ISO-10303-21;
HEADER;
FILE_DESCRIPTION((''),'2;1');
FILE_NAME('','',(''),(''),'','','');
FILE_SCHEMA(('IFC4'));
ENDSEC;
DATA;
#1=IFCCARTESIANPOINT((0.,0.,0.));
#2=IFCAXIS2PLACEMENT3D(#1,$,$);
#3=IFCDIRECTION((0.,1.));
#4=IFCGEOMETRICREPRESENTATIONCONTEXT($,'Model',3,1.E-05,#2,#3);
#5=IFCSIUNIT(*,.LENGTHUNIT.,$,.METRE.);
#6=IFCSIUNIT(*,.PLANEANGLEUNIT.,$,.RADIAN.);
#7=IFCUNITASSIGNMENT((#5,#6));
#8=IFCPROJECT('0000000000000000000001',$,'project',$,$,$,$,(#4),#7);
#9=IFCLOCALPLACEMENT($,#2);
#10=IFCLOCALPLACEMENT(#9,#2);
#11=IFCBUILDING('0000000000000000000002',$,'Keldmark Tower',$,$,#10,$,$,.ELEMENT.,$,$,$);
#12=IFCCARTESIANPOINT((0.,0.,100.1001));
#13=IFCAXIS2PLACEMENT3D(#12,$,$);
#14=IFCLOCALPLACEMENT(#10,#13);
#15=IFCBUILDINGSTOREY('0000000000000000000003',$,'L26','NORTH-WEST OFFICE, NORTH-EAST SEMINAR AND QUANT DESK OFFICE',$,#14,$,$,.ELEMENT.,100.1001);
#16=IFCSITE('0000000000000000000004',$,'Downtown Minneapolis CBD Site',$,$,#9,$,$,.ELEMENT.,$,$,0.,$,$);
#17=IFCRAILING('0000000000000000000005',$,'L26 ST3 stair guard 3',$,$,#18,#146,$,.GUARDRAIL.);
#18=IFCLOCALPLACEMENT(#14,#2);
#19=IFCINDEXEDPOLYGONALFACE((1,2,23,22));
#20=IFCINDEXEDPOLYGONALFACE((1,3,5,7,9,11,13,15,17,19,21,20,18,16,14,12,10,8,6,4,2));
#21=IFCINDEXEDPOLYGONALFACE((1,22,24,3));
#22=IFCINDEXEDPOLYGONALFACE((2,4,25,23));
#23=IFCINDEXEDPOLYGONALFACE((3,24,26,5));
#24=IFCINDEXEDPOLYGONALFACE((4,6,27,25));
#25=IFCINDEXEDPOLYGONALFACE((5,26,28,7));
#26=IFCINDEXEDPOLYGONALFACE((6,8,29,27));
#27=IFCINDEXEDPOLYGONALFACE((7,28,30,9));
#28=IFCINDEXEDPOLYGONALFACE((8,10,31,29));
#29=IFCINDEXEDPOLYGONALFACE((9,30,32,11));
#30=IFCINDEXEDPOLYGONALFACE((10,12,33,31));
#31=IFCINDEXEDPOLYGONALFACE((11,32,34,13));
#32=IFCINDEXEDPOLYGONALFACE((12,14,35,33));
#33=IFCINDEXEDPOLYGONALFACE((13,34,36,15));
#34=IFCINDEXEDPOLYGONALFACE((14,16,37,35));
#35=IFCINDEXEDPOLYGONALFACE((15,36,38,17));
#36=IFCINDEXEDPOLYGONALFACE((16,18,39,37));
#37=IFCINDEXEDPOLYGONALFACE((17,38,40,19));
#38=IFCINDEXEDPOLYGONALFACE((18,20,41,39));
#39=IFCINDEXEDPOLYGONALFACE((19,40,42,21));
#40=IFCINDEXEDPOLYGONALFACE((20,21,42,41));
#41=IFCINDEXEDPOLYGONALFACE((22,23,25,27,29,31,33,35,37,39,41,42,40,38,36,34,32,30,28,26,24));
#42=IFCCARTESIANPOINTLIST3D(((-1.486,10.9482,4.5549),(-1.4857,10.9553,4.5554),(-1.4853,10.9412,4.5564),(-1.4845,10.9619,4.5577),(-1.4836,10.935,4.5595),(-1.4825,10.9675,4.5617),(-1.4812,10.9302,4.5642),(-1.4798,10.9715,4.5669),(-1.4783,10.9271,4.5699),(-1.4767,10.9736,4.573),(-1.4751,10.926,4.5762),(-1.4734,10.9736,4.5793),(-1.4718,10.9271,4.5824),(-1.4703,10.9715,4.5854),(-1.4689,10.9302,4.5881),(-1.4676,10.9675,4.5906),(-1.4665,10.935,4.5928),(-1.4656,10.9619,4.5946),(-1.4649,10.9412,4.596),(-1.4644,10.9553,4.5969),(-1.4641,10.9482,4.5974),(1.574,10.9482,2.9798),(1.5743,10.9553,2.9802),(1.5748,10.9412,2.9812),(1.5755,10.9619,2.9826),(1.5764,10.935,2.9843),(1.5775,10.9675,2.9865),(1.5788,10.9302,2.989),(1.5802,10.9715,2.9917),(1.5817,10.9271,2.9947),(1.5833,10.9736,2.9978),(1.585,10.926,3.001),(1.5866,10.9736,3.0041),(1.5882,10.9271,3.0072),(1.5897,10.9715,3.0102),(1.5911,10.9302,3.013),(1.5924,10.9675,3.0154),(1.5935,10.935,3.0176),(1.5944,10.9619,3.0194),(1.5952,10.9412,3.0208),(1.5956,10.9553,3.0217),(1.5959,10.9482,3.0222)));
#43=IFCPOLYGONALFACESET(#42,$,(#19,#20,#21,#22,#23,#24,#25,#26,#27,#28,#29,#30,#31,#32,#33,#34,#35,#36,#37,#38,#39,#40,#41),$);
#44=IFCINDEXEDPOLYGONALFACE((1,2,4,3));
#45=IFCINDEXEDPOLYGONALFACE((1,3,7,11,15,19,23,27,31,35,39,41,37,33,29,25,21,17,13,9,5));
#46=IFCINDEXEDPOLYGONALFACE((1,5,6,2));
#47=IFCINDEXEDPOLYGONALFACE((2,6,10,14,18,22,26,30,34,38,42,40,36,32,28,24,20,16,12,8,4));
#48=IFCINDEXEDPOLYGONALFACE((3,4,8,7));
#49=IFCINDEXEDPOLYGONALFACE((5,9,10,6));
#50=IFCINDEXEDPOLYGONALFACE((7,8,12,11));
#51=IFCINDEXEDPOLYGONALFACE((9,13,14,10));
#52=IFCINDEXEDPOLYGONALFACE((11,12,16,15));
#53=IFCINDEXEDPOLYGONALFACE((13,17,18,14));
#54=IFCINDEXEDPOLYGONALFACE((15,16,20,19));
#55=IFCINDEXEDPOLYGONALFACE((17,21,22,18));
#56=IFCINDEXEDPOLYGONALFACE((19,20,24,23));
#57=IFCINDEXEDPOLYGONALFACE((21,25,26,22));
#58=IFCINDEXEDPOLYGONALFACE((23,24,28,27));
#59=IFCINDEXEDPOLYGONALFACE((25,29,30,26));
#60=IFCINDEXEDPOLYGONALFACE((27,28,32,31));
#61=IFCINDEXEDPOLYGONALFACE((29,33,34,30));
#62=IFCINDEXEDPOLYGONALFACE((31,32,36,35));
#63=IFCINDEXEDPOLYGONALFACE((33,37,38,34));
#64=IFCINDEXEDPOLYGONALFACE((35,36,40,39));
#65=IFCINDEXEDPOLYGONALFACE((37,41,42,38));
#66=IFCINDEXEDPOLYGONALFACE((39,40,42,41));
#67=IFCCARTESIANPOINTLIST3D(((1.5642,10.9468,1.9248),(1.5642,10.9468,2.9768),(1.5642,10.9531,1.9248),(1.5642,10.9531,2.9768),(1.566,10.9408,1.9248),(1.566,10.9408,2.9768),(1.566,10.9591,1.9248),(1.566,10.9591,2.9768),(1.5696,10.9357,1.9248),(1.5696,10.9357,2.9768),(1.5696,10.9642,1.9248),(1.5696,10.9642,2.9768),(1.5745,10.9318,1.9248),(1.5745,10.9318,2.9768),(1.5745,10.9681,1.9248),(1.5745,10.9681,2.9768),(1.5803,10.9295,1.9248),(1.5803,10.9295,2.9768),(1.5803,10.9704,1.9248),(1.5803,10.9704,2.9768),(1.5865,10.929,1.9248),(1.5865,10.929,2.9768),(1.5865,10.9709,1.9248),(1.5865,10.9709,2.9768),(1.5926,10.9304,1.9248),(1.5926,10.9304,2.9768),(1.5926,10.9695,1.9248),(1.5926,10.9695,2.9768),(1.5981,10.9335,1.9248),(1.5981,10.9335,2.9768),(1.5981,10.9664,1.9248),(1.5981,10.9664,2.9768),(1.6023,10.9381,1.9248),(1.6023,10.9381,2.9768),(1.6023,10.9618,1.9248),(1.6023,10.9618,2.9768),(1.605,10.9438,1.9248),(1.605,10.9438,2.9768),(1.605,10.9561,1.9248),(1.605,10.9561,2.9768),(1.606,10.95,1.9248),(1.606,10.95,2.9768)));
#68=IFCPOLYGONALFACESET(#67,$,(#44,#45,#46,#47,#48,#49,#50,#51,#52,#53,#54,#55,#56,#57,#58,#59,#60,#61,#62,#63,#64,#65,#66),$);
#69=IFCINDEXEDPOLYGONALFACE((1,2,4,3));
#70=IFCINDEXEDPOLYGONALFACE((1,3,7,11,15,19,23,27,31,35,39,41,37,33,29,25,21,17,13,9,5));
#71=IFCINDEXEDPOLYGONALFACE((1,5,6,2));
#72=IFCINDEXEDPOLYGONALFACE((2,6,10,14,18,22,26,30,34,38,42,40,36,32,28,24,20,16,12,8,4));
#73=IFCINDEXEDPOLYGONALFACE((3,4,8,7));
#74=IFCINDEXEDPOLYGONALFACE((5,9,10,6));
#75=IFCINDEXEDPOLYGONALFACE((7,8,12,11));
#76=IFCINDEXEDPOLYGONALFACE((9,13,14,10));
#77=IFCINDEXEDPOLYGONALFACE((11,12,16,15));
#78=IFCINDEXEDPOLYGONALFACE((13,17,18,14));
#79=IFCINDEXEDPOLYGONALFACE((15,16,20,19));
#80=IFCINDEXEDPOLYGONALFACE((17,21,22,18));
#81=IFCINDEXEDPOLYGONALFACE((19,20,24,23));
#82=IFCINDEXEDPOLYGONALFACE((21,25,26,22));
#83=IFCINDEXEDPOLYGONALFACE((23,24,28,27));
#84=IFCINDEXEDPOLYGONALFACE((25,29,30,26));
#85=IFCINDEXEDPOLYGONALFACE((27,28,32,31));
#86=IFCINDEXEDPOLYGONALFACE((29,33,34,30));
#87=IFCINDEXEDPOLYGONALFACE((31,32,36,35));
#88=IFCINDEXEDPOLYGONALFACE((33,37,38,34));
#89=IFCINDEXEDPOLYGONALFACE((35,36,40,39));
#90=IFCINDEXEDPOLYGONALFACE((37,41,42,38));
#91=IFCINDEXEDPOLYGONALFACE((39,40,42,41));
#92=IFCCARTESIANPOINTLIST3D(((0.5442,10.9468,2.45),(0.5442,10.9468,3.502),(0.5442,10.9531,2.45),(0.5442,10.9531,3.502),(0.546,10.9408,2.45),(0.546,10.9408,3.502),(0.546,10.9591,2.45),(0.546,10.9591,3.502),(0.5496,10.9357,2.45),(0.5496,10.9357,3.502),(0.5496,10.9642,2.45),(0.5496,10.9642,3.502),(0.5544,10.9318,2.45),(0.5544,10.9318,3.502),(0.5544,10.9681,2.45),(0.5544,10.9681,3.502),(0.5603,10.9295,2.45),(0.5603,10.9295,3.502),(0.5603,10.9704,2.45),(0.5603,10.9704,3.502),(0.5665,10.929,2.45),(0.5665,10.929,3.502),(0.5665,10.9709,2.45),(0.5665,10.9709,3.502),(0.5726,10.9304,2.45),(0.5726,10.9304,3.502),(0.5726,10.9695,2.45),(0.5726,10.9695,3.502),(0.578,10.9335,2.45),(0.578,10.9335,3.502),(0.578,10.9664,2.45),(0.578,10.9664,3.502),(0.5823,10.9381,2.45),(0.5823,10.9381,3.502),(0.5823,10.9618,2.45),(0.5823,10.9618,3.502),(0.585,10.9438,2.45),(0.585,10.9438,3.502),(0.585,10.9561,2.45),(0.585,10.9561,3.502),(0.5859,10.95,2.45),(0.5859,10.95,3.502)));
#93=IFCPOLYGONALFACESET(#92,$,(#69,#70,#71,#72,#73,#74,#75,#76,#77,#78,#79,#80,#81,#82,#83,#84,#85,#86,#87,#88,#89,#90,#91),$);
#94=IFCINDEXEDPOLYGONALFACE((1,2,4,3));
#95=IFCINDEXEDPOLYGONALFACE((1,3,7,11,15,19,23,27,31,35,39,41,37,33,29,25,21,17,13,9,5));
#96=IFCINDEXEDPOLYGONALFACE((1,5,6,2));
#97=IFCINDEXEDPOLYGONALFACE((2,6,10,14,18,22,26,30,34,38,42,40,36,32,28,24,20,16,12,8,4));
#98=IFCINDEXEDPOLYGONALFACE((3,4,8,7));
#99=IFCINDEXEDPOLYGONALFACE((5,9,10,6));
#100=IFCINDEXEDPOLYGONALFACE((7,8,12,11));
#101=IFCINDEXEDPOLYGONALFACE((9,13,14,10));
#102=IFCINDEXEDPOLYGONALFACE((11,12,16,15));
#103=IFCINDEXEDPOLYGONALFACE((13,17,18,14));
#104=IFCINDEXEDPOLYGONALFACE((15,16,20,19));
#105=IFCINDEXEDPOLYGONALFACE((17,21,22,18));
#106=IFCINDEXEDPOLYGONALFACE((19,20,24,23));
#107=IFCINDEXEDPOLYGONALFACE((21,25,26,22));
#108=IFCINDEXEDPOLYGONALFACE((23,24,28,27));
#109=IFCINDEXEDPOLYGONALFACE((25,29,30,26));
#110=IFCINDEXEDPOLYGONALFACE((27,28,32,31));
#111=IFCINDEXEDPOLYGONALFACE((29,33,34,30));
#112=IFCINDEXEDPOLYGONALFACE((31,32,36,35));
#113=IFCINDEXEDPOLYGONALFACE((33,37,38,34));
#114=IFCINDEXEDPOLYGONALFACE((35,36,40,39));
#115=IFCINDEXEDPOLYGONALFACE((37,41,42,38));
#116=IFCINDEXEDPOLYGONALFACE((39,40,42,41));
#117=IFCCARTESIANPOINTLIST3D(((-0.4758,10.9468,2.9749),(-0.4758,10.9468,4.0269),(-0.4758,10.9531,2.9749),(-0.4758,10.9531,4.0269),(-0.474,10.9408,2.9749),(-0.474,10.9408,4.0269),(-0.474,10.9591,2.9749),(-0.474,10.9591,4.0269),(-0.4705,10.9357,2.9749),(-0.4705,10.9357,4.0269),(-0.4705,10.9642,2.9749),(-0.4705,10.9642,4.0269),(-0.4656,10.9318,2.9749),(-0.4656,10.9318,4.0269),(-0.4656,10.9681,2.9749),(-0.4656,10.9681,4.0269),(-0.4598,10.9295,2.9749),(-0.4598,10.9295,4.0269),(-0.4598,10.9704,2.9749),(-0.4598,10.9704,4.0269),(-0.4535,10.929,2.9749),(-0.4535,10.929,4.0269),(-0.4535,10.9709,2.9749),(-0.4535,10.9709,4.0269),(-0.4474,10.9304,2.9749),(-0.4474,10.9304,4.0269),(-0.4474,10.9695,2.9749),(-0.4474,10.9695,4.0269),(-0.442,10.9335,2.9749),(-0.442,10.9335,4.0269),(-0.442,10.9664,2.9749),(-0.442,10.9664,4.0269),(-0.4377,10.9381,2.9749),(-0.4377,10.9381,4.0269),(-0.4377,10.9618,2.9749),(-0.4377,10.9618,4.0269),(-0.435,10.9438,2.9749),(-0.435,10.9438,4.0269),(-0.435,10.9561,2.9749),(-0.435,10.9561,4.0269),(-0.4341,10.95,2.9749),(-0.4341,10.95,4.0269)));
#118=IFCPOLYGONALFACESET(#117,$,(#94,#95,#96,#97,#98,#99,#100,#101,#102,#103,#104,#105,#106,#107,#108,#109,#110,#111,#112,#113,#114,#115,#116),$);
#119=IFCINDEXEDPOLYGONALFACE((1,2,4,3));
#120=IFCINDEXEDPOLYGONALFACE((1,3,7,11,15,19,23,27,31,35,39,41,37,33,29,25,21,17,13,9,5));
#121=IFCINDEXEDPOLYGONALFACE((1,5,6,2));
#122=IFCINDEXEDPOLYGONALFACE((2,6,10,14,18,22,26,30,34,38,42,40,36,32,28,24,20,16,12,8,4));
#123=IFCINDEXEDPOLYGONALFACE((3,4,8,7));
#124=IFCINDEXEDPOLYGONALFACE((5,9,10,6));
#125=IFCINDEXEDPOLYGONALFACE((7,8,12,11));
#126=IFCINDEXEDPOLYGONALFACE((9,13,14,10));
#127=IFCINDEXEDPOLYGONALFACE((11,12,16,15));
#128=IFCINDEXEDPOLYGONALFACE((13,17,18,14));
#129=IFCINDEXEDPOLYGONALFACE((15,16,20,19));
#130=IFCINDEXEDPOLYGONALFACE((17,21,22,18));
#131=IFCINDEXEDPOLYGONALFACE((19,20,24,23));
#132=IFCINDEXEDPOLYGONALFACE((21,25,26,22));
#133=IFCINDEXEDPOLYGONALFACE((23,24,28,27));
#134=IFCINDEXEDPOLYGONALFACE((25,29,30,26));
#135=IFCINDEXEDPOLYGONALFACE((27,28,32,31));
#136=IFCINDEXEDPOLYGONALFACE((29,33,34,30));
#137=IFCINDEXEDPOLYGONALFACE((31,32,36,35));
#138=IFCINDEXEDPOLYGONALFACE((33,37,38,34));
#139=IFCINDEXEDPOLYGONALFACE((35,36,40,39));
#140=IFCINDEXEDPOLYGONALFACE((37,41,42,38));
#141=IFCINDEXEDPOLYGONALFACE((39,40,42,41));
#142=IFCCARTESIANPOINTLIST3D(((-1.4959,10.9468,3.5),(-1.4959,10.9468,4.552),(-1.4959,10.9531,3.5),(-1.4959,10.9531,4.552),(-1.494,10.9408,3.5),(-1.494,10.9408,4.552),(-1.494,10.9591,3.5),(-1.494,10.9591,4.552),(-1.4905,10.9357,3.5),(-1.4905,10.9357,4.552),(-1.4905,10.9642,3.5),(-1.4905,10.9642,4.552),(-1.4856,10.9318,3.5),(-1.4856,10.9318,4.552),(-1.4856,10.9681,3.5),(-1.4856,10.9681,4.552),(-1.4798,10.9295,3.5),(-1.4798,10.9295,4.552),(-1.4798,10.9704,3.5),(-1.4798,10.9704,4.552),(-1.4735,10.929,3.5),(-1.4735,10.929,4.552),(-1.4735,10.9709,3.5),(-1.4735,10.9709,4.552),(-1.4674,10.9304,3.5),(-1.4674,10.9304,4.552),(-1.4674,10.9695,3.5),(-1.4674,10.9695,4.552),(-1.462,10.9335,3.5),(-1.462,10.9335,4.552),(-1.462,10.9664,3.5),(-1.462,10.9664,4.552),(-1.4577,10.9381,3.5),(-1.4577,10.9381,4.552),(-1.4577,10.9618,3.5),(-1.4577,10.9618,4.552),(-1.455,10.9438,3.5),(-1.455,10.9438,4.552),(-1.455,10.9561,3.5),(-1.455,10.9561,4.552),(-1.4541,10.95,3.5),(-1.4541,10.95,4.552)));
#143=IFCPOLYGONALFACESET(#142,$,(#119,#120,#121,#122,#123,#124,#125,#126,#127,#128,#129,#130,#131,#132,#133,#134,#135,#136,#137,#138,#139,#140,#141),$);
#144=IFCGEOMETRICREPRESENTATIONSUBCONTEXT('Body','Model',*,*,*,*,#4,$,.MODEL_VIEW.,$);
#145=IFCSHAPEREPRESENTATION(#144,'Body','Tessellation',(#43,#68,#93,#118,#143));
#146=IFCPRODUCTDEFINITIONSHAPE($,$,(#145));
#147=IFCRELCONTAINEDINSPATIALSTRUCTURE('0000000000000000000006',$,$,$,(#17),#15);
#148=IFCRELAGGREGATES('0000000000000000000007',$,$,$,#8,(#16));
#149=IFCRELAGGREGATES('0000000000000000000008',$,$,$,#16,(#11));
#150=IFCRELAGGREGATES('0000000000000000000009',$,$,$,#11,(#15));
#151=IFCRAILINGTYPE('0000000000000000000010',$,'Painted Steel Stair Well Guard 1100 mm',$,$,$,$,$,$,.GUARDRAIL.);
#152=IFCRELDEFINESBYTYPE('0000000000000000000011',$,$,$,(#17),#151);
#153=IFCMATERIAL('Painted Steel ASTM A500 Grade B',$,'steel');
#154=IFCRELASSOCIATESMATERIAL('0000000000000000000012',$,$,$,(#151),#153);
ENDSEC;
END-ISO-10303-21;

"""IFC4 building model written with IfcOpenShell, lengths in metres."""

from ifc_helpers import new_model, si_unit, direction, frame, origin, origin_2d, place, context, subcontext, project, spatial, circle, extrude, material, type_object, element, save


model = new_model("IFC4")

# Units and contexts
model_context = context("Model", 3, precision=1e-05, world=origin(), true_north=direction((0.0, 1.0)))
body_context = subcontext(model_context, "Body", "Model", "MODEL_VIEW")
ifc_project = project(units=[si_unit("LENGTHUNIT", "METRE"), si_unit("PLANEANGLEUNIT", "RADIAN")], contexts=[model_context])

# Site, building, storey
site_placement = place(None, origin())
site = spatial("IfcSite", under=ifc_project, at=site_placement, Name="Downtown Minneapolis CBD Site", CompositionType="ELEMENT", RefElevation=0.0)
building_placement = place(site_placement, origin())
building = spatial("IfcBuilding", under=site, at=building_placement, Name="Keldmark Tower", CompositionType="ELEMENT")
storey_placement = place(building_placement, frame((0.0, 0.0, 100.1001)))
storey = spatial("IfcBuildingStorey", under=building, at=storey_placement, Name="L26", Description="NORTH-WEST OFFICE, NORTH-EAST SEMINAR AND QUANT DESK OFFICE", CompositionType="ELEMENT", Elevation=100.1001)

# Railing
ifc_material_1 = material(Name="Painted Steel ASTM A500 Grade B", Category="steel")
railing_type_1 = type_object("IfcRailingType", Name="Painted Steel Stair Well Guard 1100 mm", PredefinedType="GUARDRAIL", material=ifc_material_1)
railing_1_placement = place(storey_placement, frame((1.585, 10.95, 1.9248)))
element("IfcRailing", 1, at=railing_1_placement, inside=storey, type_object=railing_type_1, Name="L26 ST3 stair guard 3", PredefinedType="GUARDRAIL", context=body_context, shape_type="SweptSolid", body=[
    extrude(circle(Radius=0.0239, at=origin_2d()), frame((0.0, 0.0, 1.0762), z_axis=(-0.889116, 0.0, 0.457681), x_axis=(0.0, -1.0, 0.0)), (0.0, 0.0, 1.0), 3.4417),
    extrude(circle(Radius=0.021, at=origin_2d()), origin(), (0.0, 0.0, 1.0), 1.052),
    extrude(circle(Radius=0.021, at=origin_2d()), frame((-1.02, 0.0, 0.5251)), (0.0, 0.0, 1.0), 1.052),
    extrude(circle(Radius=0.021, at=origin_2d()), frame((-2.04, 0.0, 1.05)), (0.0, 0.0, 1.0), 1.052),
    extrude(circle(Radius=0.021, at=origin_2d()), frame((-3.0601, 0.0, 1.5752)), (0.0, 0.0, 1.0), 1.052),
])

save(model, "model.ifc")
